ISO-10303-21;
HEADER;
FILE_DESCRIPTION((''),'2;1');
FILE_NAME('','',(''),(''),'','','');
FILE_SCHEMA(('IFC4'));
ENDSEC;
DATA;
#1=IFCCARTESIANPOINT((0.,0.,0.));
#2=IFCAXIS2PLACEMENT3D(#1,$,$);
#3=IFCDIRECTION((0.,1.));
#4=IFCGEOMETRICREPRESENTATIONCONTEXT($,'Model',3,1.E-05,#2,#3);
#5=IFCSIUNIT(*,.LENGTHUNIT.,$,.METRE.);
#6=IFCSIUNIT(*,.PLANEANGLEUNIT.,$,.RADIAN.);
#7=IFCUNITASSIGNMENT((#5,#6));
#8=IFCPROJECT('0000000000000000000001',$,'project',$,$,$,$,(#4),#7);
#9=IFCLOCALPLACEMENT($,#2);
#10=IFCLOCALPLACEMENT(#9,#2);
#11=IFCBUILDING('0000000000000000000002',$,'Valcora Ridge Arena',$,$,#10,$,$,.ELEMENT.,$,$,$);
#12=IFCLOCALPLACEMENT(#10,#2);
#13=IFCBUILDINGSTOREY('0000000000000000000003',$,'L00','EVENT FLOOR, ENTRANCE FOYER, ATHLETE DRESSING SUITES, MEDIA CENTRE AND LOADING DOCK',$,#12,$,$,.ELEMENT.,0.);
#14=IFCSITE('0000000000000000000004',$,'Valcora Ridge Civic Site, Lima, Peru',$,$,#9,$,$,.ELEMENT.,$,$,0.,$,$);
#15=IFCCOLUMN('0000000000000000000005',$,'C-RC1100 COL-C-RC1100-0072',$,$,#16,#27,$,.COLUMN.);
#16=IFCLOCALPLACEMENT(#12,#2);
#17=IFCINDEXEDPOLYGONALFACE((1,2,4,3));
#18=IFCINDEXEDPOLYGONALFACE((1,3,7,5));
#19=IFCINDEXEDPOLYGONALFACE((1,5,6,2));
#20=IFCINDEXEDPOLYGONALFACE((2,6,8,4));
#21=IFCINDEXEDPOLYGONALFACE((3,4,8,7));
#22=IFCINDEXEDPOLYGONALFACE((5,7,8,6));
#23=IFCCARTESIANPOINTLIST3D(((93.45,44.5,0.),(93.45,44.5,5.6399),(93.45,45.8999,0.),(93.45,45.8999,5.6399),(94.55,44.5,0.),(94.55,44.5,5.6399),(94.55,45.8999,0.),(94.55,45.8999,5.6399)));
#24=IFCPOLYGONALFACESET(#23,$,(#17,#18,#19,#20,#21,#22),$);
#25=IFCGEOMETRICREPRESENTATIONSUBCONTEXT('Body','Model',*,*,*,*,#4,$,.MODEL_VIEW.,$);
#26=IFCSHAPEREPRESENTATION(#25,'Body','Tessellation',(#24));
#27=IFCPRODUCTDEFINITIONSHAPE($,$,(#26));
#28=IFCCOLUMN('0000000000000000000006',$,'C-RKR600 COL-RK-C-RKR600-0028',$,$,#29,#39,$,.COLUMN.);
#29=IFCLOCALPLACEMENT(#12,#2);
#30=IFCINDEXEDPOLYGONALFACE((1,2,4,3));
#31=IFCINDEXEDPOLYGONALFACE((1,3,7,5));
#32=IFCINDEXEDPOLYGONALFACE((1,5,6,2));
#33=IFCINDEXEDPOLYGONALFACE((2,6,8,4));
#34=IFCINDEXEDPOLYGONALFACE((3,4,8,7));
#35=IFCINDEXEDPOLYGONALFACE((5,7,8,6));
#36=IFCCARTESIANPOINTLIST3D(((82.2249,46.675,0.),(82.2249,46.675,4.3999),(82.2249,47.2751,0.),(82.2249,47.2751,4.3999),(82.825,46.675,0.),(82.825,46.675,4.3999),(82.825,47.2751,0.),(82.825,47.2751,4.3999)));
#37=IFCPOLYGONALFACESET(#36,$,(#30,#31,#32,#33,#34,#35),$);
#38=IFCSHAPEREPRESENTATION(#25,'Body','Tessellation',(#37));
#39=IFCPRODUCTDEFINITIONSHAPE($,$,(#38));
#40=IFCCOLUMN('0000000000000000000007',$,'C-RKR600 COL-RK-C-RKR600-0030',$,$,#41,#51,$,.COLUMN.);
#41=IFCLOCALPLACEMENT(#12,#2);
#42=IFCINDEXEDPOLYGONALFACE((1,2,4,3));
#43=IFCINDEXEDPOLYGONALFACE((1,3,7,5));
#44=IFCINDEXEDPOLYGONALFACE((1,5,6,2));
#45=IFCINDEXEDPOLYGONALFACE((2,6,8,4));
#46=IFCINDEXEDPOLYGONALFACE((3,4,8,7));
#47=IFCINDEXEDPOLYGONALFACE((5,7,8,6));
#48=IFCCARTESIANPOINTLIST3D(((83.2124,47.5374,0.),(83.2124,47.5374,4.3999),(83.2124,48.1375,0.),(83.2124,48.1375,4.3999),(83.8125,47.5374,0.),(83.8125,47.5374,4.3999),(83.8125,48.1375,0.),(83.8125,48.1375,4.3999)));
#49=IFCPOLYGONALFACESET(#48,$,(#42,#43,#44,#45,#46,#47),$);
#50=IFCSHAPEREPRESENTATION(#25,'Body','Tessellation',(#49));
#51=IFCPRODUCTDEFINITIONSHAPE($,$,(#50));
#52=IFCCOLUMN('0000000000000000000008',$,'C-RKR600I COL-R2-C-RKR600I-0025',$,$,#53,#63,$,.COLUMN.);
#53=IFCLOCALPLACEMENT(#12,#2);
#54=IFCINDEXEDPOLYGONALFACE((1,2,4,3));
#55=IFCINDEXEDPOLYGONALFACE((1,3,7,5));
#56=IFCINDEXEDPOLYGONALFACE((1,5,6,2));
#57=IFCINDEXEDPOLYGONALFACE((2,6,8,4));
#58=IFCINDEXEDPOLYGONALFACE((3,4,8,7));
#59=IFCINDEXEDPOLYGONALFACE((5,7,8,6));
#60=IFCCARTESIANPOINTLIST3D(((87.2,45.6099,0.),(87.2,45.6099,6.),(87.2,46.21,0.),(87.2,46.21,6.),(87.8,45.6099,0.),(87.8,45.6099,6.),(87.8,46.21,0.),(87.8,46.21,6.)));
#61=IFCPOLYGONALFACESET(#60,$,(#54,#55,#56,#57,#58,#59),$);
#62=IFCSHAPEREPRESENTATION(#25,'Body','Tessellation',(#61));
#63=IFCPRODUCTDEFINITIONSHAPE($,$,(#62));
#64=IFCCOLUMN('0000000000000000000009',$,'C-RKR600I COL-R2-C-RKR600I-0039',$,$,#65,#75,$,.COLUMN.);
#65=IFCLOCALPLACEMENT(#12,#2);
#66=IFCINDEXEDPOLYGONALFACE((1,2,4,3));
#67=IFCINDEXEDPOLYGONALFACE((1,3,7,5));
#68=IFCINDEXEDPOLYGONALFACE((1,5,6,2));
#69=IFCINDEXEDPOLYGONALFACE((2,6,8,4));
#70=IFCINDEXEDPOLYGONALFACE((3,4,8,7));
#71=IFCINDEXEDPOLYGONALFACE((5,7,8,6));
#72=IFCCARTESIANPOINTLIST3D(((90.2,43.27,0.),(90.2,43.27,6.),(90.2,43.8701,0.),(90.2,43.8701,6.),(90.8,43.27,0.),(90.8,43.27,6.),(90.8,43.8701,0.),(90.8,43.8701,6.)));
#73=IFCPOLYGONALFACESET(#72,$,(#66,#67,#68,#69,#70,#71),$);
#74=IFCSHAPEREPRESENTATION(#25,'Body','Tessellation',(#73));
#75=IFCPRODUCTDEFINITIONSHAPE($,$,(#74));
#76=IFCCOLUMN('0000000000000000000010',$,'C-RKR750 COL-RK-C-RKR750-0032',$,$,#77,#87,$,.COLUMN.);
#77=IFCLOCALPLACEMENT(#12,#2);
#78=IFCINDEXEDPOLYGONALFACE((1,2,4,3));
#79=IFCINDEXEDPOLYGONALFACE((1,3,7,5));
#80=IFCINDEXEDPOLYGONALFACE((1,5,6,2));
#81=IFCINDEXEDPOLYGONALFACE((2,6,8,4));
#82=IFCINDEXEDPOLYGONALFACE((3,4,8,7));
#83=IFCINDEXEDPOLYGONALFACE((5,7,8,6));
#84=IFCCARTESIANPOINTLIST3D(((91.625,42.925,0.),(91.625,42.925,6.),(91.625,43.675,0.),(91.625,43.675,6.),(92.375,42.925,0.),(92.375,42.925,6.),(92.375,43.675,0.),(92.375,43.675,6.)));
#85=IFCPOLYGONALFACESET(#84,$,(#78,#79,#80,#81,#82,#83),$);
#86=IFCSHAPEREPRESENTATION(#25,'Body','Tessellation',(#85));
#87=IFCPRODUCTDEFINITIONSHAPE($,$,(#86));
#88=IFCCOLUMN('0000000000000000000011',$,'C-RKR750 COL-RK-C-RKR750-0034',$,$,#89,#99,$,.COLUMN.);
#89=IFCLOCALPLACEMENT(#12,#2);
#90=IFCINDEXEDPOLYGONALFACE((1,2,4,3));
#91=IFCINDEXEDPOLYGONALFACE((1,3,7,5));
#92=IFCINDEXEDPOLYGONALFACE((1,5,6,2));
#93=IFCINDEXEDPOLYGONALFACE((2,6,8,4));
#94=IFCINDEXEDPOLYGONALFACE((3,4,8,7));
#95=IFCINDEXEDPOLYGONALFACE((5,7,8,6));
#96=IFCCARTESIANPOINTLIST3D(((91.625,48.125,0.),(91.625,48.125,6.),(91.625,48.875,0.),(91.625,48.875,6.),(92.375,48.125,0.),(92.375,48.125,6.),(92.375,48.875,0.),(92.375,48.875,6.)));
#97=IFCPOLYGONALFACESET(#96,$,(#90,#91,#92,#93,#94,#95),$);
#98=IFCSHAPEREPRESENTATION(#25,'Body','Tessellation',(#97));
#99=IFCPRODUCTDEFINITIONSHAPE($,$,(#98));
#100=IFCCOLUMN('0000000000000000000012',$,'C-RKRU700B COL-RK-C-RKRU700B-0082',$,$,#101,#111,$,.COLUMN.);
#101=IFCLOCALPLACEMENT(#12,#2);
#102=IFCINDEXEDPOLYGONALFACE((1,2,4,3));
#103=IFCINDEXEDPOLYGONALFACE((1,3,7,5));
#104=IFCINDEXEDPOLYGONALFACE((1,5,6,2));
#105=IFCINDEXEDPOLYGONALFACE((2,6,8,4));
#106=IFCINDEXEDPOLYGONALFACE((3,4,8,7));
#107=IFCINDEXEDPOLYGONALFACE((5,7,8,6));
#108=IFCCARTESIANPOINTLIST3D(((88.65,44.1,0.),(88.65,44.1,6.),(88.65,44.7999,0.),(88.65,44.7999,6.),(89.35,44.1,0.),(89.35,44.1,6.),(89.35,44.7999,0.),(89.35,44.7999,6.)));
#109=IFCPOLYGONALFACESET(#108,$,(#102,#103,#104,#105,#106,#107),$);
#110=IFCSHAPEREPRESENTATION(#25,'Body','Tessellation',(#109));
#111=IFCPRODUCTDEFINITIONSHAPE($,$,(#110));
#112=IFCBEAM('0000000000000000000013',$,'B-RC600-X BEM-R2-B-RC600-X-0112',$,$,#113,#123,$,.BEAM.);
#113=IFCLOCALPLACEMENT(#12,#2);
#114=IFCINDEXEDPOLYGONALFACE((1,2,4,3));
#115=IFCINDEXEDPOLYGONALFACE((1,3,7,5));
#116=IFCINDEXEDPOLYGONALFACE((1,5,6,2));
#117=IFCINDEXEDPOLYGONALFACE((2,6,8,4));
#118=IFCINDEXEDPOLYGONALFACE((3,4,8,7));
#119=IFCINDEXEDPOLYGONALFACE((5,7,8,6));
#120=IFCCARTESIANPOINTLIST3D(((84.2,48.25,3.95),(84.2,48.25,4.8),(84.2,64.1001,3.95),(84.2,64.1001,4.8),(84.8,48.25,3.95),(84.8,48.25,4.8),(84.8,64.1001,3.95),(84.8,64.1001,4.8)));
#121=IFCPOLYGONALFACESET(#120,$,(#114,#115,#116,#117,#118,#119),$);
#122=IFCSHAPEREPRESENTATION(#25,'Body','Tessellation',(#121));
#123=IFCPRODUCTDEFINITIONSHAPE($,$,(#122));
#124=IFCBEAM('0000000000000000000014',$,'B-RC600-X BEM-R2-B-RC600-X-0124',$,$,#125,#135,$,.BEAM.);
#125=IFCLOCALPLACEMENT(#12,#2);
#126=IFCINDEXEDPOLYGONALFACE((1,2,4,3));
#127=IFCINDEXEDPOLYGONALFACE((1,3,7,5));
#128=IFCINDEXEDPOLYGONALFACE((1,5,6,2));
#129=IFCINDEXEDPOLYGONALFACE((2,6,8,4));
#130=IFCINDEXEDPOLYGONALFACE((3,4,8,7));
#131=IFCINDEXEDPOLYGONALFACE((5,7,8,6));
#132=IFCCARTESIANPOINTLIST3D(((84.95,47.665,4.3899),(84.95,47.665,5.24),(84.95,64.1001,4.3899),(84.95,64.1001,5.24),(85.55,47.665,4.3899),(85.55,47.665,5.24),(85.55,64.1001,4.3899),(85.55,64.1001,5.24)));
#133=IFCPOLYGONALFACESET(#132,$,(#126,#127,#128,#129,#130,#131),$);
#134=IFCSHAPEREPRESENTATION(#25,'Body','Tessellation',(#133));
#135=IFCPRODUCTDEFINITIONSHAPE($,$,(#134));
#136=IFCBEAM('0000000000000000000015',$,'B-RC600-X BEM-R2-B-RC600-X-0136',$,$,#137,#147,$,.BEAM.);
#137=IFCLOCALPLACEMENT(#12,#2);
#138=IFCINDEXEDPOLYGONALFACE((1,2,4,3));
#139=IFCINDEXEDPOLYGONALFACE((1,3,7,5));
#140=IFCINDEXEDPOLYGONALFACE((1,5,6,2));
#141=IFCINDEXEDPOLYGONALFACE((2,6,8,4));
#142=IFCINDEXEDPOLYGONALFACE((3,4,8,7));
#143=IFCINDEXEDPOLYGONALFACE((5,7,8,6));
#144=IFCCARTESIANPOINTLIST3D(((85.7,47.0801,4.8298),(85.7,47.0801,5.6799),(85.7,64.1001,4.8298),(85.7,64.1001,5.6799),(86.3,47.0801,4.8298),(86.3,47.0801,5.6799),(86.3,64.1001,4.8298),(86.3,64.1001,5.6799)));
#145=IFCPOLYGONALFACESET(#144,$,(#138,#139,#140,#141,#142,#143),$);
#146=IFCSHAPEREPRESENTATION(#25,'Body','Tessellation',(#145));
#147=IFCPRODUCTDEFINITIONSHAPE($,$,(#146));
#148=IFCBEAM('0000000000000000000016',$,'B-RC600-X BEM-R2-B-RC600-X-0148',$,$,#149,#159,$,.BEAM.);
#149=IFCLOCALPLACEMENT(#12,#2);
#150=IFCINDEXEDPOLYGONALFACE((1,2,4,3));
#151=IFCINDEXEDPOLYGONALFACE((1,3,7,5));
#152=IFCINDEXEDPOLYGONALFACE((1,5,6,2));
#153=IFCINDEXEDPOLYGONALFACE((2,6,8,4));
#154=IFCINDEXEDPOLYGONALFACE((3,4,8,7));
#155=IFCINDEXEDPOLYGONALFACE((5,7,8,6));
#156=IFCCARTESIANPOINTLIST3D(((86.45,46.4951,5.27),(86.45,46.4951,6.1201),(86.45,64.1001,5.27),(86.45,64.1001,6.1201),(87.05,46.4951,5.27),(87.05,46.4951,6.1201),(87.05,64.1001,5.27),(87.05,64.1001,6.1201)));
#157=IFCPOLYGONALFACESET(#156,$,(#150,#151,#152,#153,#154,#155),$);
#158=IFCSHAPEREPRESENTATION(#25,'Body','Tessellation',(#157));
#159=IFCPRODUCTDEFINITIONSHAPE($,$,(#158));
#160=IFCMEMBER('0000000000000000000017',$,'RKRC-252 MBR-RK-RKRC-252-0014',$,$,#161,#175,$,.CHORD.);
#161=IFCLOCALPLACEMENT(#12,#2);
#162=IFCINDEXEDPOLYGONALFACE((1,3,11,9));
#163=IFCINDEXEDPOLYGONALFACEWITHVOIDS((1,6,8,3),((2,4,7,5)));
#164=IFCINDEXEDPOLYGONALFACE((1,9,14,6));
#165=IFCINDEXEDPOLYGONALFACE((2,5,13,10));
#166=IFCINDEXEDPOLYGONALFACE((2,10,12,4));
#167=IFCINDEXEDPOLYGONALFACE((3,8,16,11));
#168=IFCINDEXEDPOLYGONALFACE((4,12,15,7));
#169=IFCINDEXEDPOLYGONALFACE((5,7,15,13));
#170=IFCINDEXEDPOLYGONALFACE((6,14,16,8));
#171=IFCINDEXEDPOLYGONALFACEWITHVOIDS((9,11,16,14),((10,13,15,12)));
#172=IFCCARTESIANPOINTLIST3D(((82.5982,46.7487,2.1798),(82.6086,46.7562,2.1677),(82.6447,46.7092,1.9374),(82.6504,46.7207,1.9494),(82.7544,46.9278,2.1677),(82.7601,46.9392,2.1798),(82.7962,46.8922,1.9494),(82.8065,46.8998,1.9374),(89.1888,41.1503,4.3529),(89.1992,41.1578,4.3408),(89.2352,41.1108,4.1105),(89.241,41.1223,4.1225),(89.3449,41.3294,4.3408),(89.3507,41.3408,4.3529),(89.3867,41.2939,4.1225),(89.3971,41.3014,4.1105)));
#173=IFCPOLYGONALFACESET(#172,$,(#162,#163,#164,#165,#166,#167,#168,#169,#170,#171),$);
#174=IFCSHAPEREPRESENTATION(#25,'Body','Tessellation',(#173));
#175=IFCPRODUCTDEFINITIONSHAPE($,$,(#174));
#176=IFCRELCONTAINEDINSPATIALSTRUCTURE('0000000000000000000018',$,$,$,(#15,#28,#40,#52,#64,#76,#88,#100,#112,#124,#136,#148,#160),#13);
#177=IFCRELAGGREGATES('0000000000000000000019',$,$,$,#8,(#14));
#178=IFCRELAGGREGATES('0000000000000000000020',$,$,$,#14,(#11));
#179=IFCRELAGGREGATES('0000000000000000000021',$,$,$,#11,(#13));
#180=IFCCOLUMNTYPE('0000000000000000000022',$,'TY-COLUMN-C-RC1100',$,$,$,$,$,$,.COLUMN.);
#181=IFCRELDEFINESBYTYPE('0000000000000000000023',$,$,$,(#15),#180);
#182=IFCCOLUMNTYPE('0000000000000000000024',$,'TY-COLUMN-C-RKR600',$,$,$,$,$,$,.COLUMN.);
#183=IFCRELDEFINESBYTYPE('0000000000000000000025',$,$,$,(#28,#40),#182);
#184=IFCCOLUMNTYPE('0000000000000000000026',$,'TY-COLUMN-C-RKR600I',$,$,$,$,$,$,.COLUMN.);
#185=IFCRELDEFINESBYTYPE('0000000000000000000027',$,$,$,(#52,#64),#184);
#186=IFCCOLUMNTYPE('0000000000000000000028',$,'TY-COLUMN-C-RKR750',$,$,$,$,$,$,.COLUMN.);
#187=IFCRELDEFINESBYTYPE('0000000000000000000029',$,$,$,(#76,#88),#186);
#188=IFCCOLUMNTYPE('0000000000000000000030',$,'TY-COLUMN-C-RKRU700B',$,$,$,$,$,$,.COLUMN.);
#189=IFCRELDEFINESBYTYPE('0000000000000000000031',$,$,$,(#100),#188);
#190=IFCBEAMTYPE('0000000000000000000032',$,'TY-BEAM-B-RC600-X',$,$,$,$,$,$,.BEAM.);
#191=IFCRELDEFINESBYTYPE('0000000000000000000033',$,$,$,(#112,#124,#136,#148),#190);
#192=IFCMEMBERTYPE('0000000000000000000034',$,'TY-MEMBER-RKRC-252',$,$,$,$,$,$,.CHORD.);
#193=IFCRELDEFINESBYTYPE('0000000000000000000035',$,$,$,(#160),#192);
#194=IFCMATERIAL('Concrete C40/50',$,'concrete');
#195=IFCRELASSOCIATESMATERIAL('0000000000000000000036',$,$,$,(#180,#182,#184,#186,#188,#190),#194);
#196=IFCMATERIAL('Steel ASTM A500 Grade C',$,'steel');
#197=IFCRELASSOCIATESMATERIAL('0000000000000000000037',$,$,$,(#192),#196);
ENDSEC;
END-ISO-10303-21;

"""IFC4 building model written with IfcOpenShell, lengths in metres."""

from ifc_helpers import new_model, si_unit, direction, frame, origin, origin_2d, place, context, subcontext, project, spatial, rectangle, hollow_rectangle, extrude, material, material_profile, profile_set, type_object, element, save


model = new_model("IFC4")

# Units and contexts
model_context = context("Model", 3, precision=1e-05, world=origin(), true_north=direction((0.0, 1.0)))
body_context = subcontext(model_context, "Body", "Model", "MODEL_VIEW")
ifc_project = project(units=[si_unit("LENGTHUNIT", "METRE"), si_unit("PLANEANGLEUNIT", "RADIAN")], contexts=[model_context])

# Site, building, storey
site_placement = place(None, origin())
site = spatial("IfcSite", under=ifc_project, at=site_placement, Name="Valcora Ridge Civic Site, Lima, Peru", CompositionType="ELEMENT", RefElevation=0.0)
building_placement = place(site_placement, origin())
building = spatial("IfcBuilding", under=site, at=building_placement, Name="Valcora Ridge Arena", CompositionType="ELEMENT")
storey_placement = place(building_placement, origin())
storey = spatial("IfcBuildingStorey", under=building, at=storey_placement, Name="L00", Description="EVENT FLOOR, ENTRANCE FOYER, ATHLETE DRESSING SUITES, MEDIA CENTRE AND LOADING DOCK", CompositionType="ELEMENT", Elevation=0.0)

# Columns
ifc_material_1 = material(Name="Concrete C40/50", Category="concrete")
ifc_material_profile_1 = material_profile(ifc_material_1, rectangle(XDim=1.1001, YDim=1.3999, at=origin_2d()), Name="RC 1100x1400")
ifc_profile_set_1 = profile_set([ifc_material_profile_1], Name="Concrete C40/50")
column_type_1 = type_object("IfcColumnType", Name="TY-COLUMN-C-RC1100", PredefinedType="COLUMN", material=ifc_profile_set_1)
column_1_placement = place(storey_placement, frame((94.0, 45.2, 0.0), z_axis=(0.0, 0.0, 1.0), x_axis=(1.0, 0.0, 0.0)))
element("IfcColumn", 1, at=column_1_placement, inside=storey, type_object=column_type_1, Name="C-RC1100 COL-C-RC1100-0072", PredefinedType="COLUMN", context=body_context, shape_type="SweptSolid", body=[
    extrude(rectangle(XDim=1.1001, YDim=1.3999, at=origin_2d()), origin(), (0.0, 0.0, 1.0), 5.6399),
])
ifc_material_profile_2 = material_profile(ifc_material_1, rectangle(XDim=0.6001, YDim=0.6001, at=origin_2d()), Name="RC 600x600")
ifc_profile_set_2 = profile_set([ifc_material_profile_2], Name="Concrete C40/50")
column_type_2 = type_object("IfcColumnType", Name="TY-COLUMN-C-RKR600", PredefinedType="COLUMN", material=ifc_profile_set_2)
for number, where, z_axis, x_axis, name in (
    (2, (82.5249, 46.9751, 0.0), (0.0, 0.0, 1.0), (1.0, 0.0, 0.0), "C-RKR600 COL-RK-C-RKR600-0028"),
    (3, (83.5125, 47.8374, 0.0), (0.0, 0.0, 1.0), (1.0, 0.0, 0.0), "C-RKR600 COL-RK-C-RKR600-0030"),
):
    element("IfcColumn", number, at=place(storey_placement, frame(where, z_axis=z_axis, x_axis=x_axis)), inside=storey, type_object=column_type_2, Name=name, PredefinedType="COLUMN", context=body_context, shape_type="SweptSolid", body=[
        extrude(rectangle(XDim=0.6001, YDim=0.6001, at=origin_2d()), origin(), (0.0, 0.0, 1.0), 4.3999),
    ])
ifc_material_profile_3 = material_profile(ifc_material_1, rectangle(XDim=0.6001, YDim=0.6001, at=origin_2d()), Name="RC 600x600")
ifc_profile_set_3 = profile_set([ifc_material_profile_3], Name="Concrete C40/50")
column_type_3 = type_object("IfcColumnType", Name="TY-COLUMN-C-RKR600I", PredefinedType="COLUMN", material=ifc_profile_set_3)
for number, where, z_axis, x_axis, name in (
    (4, (87.5, 45.9099, 0.0), (0.0, 0.0, 1.0), (1.0, 0.0, 0.0), "C-RKR600I COL-R2-C-RKR600I-0025"),
    (5, (90.5, 43.5701, 0.0), (0.0, 0.0, 1.0), (1.0, 0.0, 0.0), "C-RKR600I COL-R2-C-RKR600I-0039"),
):
    element("IfcColumn", number, at=place(storey_placement, frame(where, z_axis=z_axis, x_axis=x_axis)), inside=storey, type_object=column_type_3, Name=name, PredefinedType="COLUMN", context=body_context, shape_type="SweptSolid", body=[
        extrude(rectangle(XDim=0.6001, YDim=0.6001, at=origin_2d()), origin(), (0.0, 0.0, 1.0), 6.0),
    ])
ifc_material_profile_4 = material_profile(ifc_material_1, rectangle(XDim=0.75, YDim=0.75, at=origin_2d()), Name="RC 750x750")
ifc_profile_set_4 = profile_set([ifc_material_profile_4], Name="Concrete C40/50")
column_type_4 = type_object("IfcColumnType", Name="TY-COLUMN-C-RKR750", PredefinedType="COLUMN", material=ifc_profile_set_4)
for number, where, z_axis, x_axis, name in (
    (6, (92.0, 43.3, 0.0), (0.0, 0.0, 1.0), (1.0, 0.0, 0.0), "C-RKR750 COL-RK-C-RKR750-0032"),
    (7, (92.0, 48.5, 0.0), (0.0, 0.0, 1.0), (1.0, 0.0, 0.0), "C-RKR750 COL-RK-C-RKR750-0034"),
):
    element("IfcColumn", number, at=place(storey_placement, frame(where, z_axis=z_axis, x_axis=x_axis)), inside=storey, type_object=column_type_4, Name=name, PredefinedType="COLUMN", context=body_context, shape_type="SweptSolid", body=[
        extrude(rectangle(XDim=0.75, YDim=0.75, at=origin_2d()), origin(), (0.0, 0.0, 1.0), 6.0),
    ])
ifc_material_profile_5 = material_profile(ifc_material_1, rectangle(XDim=0.7, YDim=0.7, at=origin_2d()), Name="RC 700x700")
ifc_profile_set_5 = profile_set([ifc_material_profile_5], Name="Concrete C40/50")
column_type_5 = type_object("IfcColumnType", Name="TY-COLUMN-C-RKRU700B", PredefinedType="COLUMN", material=ifc_profile_set_5)
column_2_placement = place(storey_placement, frame((89.0, 44.45, 0.0), z_axis=(0.0, 0.0, 1.0), x_axis=(1.0, 0.0, 0.0)))
element("IfcColumn", 8, at=column_2_placement, inside=storey, type_object=column_type_5, Name="C-RKRU700B COL-RK-C-RKRU700B-0082", PredefinedType="COLUMN", context=body_context, shape_type="SweptSolid", body=[
    extrude(rectangle(XDim=0.7, YDim=0.7, at=origin_2d()), origin(), (0.0, 0.0, 1.0), 6.0),
])

# Beams
ifc_material_profile_6 = material_profile(ifc_material_1, rectangle(XDim=0.6001, YDim=0.8501, at=origin_2d()), Name="RC 600x850")
ifc_profile_set_6 = profile_set([ifc_material_profile_6], Name="Concrete C40/50")
beam_type = type_object("IfcBeamType", Name="TY-BEAM-B-RC600-X", PredefinedType="BEAM", material=ifc_profile_set_6)
beam_1_placement = place(storey_placement, frame((84.5, 48.25, 4.375), z_axis=(0.0, 1.0, 0.0), x_axis=(-1.0, 0.0, 0.0)))
element("IfcBeam", 9, at=beam_1_placement, inside=storey, type_object=beam_type, Name="B-RC600-X BEM-R2-B-RC600-X-0112", PredefinedType="BEAM", context=body_context, shape_type="SweptSolid", body=[
    extrude(rectangle(XDim=0.6001, YDim=0.8501, at=origin_2d()), origin(), (0.0, 0.0, 1.0), 15.8501),
])
beam_2_placement = place(storey_placement, frame((85.25, 47.665, 4.8149), z_axis=(0.0, 1.0, 0.0), x_axis=(-1.0, 0.0, 0.0)))
element("IfcBeam", 10, at=beam_2_placement, inside=storey, type_object=beam_type, Name="B-RC600-X BEM-R2-B-RC600-X-0124", PredefinedType="BEAM", context=body_context, shape_type="SweptSolid", body=[
    extrude(rectangle(XDim=0.6001, YDim=0.8501, at=origin_2d()), origin(), (0.0, 0.0, 1.0), 16.4351),
])
beam_3_placement = place(storey_placement, frame((86.0, 47.0801, 5.2549), z_axis=(0.0, 1.0, 0.0), x_axis=(-1.0, 0.0, 0.0)))
element("IfcBeam", 11, at=beam_3_placement, inside=storey, type_object=beam_type, Name="B-RC600-X BEM-R2-B-RC600-X-0136", PredefinedType="BEAM", context=body_context, shape_type="SweptSolid", body=[
    extrude(rectangle(XDim=0.6001, YDim=0.8501, at=origin_2d()), origin(), (0.0, 0.0, 1.0), 17.02),
])
beam_4_placement = place(storey_placement, frame((86.75, 46.4951, 5.6951), z_axis=(0.0, 1.0, 0.0), x_axis=(-1.0, 0.0, 0.0)))
element("IfcBeam", 12, at=beam_4_placement, inside=storey, type_object=beam_type, Name="B-RC600-X BEM-R2-B-RC600-X-0148", PredefinedType="BEAM", context=body_context, shape_type="SweptSolid", body=[
    extrude(rectangle(XDim=0.6001, YDim=0.8501, at=origin_2d()), origin(), (0.0, 0.0, 1.0), 17.605),
])

# Member
ifc_material_2 = material(Name="Steel ASTM A500 Grade C", Category="steel")
ifc_material_profile_7 = material_profile(ifc_material_2, hollow_rectangle(XDim=0.25, YDim=0.25, WallThickness=0.0125, at=origin_2d()), Name="HSS250X250X12")
ifc_profile_set_7 = profile_set([ifc_material_profile_7], Name="Steel ASTM A500 Grade C")
member_type_1 = type_object("IfcMemberType", Name="TY-MEMBER-RKRC-252", PredefinedType="CHORD", material=ifc_profile_set_7)
member_1_placement = place(storey_placement, frame((82.7024, 46.8242, 2.0586), z_axis=(0.739162, -0.627884, 0.243722), x_axis=(0.647407, 0.762145, 0.0)))
element("IfcMember", 13, at=member_1_placement, inside=storey, type_object=member_type_1, Name="RKRC-252 MBR-RK-RKRC-252-0014", PredefinedType="CHORD", context=body_context, shape_type="SweptSolid", body=[
    extrude(hollow_rectangle(XDim=0.25, YDim=0.25, WallThickness=0.0125, at=origin_2d()), origin(), (0.0, 0.0, 1.0), 8.9163),
])

save(model, "model.ifc")
